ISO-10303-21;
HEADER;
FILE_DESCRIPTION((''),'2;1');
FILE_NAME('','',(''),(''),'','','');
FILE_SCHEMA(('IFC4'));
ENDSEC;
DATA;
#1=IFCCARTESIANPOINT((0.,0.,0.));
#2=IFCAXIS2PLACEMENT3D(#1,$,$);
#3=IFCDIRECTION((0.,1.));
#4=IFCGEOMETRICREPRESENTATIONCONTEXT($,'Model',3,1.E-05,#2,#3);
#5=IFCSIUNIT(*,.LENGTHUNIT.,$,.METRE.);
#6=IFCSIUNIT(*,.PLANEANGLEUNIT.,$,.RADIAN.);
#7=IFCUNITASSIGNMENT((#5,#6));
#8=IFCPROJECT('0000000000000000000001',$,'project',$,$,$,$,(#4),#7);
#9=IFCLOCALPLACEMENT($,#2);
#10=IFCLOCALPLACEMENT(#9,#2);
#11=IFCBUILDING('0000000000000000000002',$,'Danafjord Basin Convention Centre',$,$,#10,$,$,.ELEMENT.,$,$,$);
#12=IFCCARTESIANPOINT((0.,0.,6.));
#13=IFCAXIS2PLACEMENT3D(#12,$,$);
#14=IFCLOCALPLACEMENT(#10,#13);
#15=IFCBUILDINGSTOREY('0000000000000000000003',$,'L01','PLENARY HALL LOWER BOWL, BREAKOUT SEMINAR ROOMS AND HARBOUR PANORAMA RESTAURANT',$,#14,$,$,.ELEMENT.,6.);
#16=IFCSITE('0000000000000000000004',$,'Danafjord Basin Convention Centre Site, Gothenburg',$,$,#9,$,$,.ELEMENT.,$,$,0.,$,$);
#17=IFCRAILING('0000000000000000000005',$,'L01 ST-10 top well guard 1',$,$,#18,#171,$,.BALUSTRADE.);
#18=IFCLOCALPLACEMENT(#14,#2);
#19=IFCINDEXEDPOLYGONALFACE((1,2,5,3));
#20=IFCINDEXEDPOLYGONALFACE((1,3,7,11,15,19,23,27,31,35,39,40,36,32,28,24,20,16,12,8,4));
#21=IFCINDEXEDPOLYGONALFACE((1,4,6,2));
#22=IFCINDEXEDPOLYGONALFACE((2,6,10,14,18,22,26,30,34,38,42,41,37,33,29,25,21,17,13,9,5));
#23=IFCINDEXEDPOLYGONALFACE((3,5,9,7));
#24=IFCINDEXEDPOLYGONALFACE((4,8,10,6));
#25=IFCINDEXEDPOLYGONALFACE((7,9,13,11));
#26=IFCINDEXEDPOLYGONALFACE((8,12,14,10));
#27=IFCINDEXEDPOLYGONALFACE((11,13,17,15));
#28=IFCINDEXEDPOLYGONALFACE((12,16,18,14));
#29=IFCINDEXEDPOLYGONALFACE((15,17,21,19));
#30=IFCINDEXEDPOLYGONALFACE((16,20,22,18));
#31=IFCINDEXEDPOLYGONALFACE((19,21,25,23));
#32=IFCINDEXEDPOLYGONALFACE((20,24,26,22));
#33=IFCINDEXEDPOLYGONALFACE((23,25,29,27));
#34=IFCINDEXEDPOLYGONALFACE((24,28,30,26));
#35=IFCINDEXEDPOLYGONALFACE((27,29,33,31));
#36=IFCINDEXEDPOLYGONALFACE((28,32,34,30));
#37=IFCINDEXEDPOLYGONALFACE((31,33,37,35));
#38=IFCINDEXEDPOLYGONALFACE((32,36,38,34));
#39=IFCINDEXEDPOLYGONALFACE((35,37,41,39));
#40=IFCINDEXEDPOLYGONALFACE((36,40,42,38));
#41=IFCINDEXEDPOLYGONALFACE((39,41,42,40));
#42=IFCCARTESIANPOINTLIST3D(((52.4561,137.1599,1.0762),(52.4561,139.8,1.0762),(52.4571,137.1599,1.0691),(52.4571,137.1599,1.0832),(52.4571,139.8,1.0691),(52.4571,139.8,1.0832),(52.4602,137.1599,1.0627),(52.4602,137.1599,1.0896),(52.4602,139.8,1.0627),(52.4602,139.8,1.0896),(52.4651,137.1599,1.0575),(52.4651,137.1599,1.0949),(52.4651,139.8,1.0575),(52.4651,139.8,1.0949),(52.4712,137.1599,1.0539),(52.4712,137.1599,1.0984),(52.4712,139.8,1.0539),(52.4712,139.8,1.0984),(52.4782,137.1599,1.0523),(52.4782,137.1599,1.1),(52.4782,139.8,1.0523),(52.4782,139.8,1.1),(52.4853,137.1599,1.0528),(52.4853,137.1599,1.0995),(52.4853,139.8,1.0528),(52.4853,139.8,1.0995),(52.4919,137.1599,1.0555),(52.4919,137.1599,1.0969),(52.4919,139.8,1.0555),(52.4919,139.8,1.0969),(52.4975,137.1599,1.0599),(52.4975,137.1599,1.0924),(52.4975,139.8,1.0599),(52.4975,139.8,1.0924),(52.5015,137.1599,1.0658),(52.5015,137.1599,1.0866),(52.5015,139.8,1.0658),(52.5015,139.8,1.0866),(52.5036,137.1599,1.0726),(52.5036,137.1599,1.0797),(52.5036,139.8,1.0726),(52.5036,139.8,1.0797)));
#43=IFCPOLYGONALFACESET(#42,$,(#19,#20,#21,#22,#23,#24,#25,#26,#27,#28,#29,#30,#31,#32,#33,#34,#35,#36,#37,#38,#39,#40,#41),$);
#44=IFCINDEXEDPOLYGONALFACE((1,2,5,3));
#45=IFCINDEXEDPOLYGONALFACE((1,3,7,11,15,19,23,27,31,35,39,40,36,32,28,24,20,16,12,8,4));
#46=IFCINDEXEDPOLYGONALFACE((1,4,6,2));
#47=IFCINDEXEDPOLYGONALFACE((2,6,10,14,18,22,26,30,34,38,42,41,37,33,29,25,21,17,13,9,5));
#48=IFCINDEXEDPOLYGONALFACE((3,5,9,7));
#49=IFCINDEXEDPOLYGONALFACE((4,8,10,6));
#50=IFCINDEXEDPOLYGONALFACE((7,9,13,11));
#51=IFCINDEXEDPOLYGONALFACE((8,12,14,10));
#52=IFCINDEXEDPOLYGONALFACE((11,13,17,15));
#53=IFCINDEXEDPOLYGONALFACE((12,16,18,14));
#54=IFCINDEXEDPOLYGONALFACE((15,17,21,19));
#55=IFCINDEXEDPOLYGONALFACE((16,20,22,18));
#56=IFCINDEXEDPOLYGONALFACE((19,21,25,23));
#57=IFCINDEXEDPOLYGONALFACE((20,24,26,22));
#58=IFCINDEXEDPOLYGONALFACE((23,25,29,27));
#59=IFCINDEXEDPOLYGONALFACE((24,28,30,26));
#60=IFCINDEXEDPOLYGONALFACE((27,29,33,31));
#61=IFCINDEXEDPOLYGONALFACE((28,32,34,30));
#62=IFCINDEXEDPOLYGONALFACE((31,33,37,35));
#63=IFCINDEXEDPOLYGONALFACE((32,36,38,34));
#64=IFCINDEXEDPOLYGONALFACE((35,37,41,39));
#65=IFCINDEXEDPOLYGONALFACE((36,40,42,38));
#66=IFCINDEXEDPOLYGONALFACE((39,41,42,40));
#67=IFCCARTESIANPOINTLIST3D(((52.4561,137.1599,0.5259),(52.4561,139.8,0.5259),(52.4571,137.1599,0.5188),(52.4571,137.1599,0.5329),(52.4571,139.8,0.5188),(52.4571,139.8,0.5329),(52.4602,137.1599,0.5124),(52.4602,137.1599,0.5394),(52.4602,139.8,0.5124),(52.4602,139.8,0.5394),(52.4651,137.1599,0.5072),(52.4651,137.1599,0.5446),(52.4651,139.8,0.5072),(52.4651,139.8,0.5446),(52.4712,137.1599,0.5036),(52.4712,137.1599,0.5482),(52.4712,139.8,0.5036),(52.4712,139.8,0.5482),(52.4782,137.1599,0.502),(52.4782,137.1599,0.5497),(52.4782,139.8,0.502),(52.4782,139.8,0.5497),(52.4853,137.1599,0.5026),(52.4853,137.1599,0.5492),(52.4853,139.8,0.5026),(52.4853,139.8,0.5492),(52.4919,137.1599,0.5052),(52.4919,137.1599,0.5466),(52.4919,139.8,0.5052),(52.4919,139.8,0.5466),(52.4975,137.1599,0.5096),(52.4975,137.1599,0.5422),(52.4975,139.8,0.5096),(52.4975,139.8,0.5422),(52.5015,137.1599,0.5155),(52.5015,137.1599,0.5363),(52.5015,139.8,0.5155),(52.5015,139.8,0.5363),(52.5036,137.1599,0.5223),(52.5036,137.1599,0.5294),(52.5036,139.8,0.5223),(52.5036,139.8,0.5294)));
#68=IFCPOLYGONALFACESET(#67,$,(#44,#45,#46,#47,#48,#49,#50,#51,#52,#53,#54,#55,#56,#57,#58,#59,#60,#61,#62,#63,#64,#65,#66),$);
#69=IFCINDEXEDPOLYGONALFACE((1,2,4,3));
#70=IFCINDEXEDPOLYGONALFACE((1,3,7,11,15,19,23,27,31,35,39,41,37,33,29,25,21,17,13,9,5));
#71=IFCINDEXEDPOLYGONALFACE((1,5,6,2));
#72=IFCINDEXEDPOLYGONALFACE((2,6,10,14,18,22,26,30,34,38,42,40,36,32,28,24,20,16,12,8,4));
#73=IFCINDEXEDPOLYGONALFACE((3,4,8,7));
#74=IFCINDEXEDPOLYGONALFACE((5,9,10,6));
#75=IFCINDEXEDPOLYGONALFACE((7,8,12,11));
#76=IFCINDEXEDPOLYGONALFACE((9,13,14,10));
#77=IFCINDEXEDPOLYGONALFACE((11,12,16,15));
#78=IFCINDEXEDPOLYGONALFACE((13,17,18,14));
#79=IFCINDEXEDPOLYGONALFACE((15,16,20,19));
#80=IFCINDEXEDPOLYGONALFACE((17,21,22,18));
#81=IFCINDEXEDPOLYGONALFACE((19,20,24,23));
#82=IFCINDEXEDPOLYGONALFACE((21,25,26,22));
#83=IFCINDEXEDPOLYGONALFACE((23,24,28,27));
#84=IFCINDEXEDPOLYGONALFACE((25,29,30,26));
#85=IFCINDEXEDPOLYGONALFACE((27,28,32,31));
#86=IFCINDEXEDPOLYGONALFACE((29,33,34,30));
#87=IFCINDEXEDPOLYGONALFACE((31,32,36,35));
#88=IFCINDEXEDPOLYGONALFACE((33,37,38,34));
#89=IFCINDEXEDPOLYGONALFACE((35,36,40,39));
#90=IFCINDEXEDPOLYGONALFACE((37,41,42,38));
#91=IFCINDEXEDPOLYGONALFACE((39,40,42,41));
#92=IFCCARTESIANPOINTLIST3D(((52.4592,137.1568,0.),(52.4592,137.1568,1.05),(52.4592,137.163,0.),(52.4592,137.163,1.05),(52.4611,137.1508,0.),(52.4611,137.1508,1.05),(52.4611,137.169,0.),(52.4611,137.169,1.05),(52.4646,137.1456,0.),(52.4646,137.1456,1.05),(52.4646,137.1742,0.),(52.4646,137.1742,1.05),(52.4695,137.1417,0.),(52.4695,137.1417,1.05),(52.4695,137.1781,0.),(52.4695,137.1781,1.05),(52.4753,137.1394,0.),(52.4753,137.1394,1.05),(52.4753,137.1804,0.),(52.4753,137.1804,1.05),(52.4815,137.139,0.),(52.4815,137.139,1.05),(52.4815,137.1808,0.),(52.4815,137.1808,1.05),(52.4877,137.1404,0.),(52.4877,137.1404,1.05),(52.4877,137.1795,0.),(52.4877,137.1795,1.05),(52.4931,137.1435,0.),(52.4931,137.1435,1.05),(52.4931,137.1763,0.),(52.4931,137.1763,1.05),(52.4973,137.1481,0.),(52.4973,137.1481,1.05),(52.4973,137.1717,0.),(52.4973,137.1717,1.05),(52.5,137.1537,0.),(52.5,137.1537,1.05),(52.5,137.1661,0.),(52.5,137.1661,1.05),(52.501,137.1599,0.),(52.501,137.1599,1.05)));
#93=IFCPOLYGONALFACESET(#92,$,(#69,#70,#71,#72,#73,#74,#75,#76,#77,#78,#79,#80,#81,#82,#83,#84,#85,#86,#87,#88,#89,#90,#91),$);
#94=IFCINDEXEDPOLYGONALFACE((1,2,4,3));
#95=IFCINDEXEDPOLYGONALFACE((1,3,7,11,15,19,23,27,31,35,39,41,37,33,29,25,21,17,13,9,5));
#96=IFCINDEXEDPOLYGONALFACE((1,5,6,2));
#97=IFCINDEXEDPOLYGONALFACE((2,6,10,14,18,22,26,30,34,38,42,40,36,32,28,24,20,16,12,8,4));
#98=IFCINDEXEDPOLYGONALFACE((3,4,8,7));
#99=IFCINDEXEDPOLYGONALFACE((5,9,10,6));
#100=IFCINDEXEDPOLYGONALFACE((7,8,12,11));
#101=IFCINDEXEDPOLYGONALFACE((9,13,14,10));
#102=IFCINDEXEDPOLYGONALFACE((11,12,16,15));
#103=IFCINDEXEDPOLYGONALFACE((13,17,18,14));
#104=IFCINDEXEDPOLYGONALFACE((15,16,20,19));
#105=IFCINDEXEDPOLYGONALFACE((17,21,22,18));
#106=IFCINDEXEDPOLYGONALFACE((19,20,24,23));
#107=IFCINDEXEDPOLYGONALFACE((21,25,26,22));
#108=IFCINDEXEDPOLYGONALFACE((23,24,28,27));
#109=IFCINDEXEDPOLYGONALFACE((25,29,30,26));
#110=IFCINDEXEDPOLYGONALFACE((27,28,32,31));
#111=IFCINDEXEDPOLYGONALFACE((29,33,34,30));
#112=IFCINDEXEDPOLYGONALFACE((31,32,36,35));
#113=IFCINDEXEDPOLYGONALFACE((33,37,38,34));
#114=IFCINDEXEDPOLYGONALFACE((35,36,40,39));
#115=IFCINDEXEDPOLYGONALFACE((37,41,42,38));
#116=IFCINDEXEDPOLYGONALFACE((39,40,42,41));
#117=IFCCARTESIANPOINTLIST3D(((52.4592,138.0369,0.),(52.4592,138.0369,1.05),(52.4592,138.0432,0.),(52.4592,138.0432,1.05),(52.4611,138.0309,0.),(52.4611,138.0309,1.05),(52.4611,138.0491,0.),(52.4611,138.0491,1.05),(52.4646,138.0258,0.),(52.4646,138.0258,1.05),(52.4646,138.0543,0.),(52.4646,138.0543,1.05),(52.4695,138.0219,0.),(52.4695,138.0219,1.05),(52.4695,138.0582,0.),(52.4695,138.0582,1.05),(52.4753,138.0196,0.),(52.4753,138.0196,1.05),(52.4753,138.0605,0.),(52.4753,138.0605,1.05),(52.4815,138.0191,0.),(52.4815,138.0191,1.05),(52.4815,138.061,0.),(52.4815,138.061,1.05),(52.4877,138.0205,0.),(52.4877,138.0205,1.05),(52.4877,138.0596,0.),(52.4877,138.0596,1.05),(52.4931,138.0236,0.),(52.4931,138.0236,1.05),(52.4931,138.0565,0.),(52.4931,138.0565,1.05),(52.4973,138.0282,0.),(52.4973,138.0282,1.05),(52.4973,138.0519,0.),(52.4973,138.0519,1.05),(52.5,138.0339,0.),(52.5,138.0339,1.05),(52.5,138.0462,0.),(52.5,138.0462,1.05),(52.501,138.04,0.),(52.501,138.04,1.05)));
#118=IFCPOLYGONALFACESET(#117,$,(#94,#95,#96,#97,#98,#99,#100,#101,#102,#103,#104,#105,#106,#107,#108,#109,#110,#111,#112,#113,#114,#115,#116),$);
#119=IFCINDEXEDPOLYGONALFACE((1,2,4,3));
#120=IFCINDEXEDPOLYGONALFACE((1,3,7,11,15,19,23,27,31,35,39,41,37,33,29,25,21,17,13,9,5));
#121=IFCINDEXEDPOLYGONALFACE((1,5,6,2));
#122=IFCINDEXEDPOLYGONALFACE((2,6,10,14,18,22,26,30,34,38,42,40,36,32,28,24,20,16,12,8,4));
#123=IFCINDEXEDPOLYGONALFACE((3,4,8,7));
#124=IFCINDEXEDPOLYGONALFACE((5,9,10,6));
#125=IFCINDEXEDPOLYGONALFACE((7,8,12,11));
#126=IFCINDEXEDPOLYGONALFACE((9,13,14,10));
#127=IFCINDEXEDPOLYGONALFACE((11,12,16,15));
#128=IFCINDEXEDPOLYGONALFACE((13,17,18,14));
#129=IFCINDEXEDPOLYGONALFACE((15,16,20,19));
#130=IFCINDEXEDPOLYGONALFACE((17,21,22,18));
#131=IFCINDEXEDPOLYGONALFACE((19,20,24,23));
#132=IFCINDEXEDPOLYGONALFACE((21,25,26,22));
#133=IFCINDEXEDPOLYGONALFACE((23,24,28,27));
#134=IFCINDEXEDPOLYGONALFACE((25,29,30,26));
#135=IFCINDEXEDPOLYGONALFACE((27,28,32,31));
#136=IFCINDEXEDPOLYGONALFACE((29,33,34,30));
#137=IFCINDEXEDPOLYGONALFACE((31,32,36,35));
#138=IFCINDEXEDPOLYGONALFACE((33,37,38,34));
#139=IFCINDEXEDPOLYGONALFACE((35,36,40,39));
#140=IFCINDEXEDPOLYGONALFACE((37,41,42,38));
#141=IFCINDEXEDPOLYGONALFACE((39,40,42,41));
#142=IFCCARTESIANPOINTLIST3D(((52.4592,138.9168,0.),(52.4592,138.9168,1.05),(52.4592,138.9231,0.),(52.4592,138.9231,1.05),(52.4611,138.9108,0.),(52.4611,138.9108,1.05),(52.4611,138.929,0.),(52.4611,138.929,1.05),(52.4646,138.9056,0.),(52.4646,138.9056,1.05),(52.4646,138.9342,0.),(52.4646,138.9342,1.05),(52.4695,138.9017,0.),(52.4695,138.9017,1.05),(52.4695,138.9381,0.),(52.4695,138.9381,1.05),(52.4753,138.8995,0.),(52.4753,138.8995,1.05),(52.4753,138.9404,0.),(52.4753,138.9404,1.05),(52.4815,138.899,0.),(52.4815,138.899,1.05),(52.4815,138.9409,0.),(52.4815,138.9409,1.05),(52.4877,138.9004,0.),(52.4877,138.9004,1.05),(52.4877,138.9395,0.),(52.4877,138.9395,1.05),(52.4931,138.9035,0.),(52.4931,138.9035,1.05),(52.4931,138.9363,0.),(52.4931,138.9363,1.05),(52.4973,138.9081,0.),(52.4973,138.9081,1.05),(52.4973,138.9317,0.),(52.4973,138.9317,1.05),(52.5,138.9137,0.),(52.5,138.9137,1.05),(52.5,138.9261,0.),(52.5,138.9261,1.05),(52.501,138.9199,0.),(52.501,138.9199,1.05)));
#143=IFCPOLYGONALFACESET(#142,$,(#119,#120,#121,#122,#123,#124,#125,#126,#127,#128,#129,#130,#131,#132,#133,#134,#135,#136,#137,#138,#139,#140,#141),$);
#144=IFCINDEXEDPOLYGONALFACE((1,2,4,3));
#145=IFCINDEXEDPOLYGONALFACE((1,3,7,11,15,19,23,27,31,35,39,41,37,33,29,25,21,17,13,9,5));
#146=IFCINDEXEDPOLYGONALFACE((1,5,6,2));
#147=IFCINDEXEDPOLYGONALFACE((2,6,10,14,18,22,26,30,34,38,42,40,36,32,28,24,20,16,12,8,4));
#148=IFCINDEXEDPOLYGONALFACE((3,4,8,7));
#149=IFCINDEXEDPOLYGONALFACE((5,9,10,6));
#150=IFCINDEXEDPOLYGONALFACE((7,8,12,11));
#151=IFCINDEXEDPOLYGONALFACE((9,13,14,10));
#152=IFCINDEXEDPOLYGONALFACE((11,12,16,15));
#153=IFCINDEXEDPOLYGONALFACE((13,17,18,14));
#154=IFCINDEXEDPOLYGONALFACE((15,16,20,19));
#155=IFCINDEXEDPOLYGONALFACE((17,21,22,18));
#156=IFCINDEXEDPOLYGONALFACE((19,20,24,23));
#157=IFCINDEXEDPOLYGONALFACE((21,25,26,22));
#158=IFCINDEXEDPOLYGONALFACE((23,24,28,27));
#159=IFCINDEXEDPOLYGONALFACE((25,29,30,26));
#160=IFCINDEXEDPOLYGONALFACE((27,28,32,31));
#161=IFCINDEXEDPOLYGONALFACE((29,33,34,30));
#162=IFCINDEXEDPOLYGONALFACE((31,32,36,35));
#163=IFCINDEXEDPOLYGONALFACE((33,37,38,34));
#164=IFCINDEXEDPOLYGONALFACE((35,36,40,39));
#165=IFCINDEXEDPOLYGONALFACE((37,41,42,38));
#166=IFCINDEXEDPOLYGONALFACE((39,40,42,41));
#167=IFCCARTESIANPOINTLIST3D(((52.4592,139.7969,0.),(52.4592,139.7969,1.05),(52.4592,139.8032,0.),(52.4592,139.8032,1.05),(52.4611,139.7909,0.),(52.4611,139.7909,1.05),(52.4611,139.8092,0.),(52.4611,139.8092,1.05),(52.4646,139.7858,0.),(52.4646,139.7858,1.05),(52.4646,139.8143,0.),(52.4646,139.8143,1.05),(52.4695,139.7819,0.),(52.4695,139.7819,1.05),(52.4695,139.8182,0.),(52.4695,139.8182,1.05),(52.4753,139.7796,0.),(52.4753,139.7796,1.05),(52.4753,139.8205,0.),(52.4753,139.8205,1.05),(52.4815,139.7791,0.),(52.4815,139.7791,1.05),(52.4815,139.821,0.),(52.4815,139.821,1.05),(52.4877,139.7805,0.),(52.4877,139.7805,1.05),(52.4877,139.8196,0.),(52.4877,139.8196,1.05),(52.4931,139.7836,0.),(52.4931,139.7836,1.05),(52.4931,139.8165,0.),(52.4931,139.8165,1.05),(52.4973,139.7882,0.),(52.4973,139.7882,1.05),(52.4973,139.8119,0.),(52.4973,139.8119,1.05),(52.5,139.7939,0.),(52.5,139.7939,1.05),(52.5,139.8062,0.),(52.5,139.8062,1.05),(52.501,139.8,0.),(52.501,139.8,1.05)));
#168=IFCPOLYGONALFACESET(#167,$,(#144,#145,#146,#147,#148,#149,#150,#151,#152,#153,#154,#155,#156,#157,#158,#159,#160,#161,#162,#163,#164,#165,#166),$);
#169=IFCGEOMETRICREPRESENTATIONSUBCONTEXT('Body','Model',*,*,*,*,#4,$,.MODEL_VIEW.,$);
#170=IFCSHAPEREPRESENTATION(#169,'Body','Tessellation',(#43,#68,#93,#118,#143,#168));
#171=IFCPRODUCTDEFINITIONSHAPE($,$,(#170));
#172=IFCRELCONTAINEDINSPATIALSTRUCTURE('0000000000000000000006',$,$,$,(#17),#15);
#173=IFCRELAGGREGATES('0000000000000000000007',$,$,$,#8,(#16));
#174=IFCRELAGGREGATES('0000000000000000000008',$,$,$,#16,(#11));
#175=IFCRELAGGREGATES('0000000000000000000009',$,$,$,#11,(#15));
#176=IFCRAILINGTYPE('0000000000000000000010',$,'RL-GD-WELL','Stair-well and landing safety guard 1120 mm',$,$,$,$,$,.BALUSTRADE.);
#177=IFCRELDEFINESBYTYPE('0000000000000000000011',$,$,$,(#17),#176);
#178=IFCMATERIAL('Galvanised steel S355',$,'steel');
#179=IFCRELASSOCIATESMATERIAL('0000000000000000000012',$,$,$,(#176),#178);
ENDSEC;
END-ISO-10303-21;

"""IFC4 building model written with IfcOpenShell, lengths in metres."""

from ifc_helpers import new_model, si_unit, direction, frame, origin, origin_2d, place, context, subcontext, project, spatial, circle, extrude, material, type_object, element, save


model = new_model("IFC4")

# Units and contexts
model_context = context("Model", 3, precision=1e-05, world=origin(), true_north=direction((0.0, 1.0)))
body_context = subcontext(model_context, "Body", "Model", "MODEL_VIEW")
ifc_project = project(units=[si_unit("LENGTHUNIT", "METRE"), si_unit("PLANEANGLEUNIT", "RADIAN")], contexts=[model_context])

# Site, building, storey
site_placement = place(None, origin())
site = spatial("IfcSite", under=ifc_project, at=site_placement, Name="Danafjord Basin Convention Centre Site, Gothenburg", CompositionType="ELEMENT", RefElevation=0.0)
building_placement = place(site_placement, origin())
building = spatial("IfcBuilding", under=site, at=building_placement, Name="Danafjord Basin Convention Centre", CompositionType="ELEMENT")
storey_placement = place(building_placement, frame((0.0, 0.0, 6.0)))
storey = spatial("IfcBuildingStorey", under=building, at=storey_placement, Name="L01", Description="PLENARY HALL LOWER BOWL, BREAKOUT SEMINAR ROOMS AND HARBOUR PANORAMA RESTAURANT", CompositionType="ELEMENT", Elevation=6.0)

# Railing
ifc_material_1 = material(Name="Galvanised steel S355", Category="steel")
railing_type_1 = type_object("IfcRailingType", Name="RL-GD-WELL", Description="Stair-well and landing safety guard 1120 mm", PredefinedType="BALUSTRADE", material=ifc_material_1)
railing_1_placement = place(storey_placement, frame((52.48, 137.1599, 0.0)))
element("IfcRailing", 1, at=railing_1_placement, inside=storey, type_object=railing_type_1, Name="L01 ST-10 top well guard 1", PredefinedType="BALUSTRADE", context=body_context, shape_type="SweptSolid", body=[
    extrude(circle(Radius=0.0239, at=origin_2d()), frame((0.0, 0.0, 1.0762), z_axis=(0.0, 1.0, 0.0), x_axis=(-1.0, 0.0, 0.0)), (0.0, 0.0, 1.0), 2.6401),
    extrude(circle(Radius=0.0239, at=origin_2d()), frame((0.0, 0.0, 0.5259), z_axis=(0.0, 1.0, 0.0), x_axis=(-1.0, 0.0, 0.0)), (0.0, 0.0, 1.0), 2.6401),
    extrude(circle(Radius=0.021, at=origin_2d()), origin(), (0.0, 0.0, 1.0), 1.05),
    extrude(circle(Radius=0.021, at=origin_2d()), frame((0.0, 0.8801, 0.0)), (0.0, 0.0, 1.0), 1.05),
    extrude(circle(Radius=0.021, at=origin_2d()), frame((0.0, 1.76, 0.0)), (0.0, 0.0, 1.0), 1.05),
    extrude(circle(Radius=0.021, at=origin_2d()), frame((0.0, 2.6401, 0.0)), (0.0, 0.0, 1.0), 1.05),
])

save(model, "model.ifc")
